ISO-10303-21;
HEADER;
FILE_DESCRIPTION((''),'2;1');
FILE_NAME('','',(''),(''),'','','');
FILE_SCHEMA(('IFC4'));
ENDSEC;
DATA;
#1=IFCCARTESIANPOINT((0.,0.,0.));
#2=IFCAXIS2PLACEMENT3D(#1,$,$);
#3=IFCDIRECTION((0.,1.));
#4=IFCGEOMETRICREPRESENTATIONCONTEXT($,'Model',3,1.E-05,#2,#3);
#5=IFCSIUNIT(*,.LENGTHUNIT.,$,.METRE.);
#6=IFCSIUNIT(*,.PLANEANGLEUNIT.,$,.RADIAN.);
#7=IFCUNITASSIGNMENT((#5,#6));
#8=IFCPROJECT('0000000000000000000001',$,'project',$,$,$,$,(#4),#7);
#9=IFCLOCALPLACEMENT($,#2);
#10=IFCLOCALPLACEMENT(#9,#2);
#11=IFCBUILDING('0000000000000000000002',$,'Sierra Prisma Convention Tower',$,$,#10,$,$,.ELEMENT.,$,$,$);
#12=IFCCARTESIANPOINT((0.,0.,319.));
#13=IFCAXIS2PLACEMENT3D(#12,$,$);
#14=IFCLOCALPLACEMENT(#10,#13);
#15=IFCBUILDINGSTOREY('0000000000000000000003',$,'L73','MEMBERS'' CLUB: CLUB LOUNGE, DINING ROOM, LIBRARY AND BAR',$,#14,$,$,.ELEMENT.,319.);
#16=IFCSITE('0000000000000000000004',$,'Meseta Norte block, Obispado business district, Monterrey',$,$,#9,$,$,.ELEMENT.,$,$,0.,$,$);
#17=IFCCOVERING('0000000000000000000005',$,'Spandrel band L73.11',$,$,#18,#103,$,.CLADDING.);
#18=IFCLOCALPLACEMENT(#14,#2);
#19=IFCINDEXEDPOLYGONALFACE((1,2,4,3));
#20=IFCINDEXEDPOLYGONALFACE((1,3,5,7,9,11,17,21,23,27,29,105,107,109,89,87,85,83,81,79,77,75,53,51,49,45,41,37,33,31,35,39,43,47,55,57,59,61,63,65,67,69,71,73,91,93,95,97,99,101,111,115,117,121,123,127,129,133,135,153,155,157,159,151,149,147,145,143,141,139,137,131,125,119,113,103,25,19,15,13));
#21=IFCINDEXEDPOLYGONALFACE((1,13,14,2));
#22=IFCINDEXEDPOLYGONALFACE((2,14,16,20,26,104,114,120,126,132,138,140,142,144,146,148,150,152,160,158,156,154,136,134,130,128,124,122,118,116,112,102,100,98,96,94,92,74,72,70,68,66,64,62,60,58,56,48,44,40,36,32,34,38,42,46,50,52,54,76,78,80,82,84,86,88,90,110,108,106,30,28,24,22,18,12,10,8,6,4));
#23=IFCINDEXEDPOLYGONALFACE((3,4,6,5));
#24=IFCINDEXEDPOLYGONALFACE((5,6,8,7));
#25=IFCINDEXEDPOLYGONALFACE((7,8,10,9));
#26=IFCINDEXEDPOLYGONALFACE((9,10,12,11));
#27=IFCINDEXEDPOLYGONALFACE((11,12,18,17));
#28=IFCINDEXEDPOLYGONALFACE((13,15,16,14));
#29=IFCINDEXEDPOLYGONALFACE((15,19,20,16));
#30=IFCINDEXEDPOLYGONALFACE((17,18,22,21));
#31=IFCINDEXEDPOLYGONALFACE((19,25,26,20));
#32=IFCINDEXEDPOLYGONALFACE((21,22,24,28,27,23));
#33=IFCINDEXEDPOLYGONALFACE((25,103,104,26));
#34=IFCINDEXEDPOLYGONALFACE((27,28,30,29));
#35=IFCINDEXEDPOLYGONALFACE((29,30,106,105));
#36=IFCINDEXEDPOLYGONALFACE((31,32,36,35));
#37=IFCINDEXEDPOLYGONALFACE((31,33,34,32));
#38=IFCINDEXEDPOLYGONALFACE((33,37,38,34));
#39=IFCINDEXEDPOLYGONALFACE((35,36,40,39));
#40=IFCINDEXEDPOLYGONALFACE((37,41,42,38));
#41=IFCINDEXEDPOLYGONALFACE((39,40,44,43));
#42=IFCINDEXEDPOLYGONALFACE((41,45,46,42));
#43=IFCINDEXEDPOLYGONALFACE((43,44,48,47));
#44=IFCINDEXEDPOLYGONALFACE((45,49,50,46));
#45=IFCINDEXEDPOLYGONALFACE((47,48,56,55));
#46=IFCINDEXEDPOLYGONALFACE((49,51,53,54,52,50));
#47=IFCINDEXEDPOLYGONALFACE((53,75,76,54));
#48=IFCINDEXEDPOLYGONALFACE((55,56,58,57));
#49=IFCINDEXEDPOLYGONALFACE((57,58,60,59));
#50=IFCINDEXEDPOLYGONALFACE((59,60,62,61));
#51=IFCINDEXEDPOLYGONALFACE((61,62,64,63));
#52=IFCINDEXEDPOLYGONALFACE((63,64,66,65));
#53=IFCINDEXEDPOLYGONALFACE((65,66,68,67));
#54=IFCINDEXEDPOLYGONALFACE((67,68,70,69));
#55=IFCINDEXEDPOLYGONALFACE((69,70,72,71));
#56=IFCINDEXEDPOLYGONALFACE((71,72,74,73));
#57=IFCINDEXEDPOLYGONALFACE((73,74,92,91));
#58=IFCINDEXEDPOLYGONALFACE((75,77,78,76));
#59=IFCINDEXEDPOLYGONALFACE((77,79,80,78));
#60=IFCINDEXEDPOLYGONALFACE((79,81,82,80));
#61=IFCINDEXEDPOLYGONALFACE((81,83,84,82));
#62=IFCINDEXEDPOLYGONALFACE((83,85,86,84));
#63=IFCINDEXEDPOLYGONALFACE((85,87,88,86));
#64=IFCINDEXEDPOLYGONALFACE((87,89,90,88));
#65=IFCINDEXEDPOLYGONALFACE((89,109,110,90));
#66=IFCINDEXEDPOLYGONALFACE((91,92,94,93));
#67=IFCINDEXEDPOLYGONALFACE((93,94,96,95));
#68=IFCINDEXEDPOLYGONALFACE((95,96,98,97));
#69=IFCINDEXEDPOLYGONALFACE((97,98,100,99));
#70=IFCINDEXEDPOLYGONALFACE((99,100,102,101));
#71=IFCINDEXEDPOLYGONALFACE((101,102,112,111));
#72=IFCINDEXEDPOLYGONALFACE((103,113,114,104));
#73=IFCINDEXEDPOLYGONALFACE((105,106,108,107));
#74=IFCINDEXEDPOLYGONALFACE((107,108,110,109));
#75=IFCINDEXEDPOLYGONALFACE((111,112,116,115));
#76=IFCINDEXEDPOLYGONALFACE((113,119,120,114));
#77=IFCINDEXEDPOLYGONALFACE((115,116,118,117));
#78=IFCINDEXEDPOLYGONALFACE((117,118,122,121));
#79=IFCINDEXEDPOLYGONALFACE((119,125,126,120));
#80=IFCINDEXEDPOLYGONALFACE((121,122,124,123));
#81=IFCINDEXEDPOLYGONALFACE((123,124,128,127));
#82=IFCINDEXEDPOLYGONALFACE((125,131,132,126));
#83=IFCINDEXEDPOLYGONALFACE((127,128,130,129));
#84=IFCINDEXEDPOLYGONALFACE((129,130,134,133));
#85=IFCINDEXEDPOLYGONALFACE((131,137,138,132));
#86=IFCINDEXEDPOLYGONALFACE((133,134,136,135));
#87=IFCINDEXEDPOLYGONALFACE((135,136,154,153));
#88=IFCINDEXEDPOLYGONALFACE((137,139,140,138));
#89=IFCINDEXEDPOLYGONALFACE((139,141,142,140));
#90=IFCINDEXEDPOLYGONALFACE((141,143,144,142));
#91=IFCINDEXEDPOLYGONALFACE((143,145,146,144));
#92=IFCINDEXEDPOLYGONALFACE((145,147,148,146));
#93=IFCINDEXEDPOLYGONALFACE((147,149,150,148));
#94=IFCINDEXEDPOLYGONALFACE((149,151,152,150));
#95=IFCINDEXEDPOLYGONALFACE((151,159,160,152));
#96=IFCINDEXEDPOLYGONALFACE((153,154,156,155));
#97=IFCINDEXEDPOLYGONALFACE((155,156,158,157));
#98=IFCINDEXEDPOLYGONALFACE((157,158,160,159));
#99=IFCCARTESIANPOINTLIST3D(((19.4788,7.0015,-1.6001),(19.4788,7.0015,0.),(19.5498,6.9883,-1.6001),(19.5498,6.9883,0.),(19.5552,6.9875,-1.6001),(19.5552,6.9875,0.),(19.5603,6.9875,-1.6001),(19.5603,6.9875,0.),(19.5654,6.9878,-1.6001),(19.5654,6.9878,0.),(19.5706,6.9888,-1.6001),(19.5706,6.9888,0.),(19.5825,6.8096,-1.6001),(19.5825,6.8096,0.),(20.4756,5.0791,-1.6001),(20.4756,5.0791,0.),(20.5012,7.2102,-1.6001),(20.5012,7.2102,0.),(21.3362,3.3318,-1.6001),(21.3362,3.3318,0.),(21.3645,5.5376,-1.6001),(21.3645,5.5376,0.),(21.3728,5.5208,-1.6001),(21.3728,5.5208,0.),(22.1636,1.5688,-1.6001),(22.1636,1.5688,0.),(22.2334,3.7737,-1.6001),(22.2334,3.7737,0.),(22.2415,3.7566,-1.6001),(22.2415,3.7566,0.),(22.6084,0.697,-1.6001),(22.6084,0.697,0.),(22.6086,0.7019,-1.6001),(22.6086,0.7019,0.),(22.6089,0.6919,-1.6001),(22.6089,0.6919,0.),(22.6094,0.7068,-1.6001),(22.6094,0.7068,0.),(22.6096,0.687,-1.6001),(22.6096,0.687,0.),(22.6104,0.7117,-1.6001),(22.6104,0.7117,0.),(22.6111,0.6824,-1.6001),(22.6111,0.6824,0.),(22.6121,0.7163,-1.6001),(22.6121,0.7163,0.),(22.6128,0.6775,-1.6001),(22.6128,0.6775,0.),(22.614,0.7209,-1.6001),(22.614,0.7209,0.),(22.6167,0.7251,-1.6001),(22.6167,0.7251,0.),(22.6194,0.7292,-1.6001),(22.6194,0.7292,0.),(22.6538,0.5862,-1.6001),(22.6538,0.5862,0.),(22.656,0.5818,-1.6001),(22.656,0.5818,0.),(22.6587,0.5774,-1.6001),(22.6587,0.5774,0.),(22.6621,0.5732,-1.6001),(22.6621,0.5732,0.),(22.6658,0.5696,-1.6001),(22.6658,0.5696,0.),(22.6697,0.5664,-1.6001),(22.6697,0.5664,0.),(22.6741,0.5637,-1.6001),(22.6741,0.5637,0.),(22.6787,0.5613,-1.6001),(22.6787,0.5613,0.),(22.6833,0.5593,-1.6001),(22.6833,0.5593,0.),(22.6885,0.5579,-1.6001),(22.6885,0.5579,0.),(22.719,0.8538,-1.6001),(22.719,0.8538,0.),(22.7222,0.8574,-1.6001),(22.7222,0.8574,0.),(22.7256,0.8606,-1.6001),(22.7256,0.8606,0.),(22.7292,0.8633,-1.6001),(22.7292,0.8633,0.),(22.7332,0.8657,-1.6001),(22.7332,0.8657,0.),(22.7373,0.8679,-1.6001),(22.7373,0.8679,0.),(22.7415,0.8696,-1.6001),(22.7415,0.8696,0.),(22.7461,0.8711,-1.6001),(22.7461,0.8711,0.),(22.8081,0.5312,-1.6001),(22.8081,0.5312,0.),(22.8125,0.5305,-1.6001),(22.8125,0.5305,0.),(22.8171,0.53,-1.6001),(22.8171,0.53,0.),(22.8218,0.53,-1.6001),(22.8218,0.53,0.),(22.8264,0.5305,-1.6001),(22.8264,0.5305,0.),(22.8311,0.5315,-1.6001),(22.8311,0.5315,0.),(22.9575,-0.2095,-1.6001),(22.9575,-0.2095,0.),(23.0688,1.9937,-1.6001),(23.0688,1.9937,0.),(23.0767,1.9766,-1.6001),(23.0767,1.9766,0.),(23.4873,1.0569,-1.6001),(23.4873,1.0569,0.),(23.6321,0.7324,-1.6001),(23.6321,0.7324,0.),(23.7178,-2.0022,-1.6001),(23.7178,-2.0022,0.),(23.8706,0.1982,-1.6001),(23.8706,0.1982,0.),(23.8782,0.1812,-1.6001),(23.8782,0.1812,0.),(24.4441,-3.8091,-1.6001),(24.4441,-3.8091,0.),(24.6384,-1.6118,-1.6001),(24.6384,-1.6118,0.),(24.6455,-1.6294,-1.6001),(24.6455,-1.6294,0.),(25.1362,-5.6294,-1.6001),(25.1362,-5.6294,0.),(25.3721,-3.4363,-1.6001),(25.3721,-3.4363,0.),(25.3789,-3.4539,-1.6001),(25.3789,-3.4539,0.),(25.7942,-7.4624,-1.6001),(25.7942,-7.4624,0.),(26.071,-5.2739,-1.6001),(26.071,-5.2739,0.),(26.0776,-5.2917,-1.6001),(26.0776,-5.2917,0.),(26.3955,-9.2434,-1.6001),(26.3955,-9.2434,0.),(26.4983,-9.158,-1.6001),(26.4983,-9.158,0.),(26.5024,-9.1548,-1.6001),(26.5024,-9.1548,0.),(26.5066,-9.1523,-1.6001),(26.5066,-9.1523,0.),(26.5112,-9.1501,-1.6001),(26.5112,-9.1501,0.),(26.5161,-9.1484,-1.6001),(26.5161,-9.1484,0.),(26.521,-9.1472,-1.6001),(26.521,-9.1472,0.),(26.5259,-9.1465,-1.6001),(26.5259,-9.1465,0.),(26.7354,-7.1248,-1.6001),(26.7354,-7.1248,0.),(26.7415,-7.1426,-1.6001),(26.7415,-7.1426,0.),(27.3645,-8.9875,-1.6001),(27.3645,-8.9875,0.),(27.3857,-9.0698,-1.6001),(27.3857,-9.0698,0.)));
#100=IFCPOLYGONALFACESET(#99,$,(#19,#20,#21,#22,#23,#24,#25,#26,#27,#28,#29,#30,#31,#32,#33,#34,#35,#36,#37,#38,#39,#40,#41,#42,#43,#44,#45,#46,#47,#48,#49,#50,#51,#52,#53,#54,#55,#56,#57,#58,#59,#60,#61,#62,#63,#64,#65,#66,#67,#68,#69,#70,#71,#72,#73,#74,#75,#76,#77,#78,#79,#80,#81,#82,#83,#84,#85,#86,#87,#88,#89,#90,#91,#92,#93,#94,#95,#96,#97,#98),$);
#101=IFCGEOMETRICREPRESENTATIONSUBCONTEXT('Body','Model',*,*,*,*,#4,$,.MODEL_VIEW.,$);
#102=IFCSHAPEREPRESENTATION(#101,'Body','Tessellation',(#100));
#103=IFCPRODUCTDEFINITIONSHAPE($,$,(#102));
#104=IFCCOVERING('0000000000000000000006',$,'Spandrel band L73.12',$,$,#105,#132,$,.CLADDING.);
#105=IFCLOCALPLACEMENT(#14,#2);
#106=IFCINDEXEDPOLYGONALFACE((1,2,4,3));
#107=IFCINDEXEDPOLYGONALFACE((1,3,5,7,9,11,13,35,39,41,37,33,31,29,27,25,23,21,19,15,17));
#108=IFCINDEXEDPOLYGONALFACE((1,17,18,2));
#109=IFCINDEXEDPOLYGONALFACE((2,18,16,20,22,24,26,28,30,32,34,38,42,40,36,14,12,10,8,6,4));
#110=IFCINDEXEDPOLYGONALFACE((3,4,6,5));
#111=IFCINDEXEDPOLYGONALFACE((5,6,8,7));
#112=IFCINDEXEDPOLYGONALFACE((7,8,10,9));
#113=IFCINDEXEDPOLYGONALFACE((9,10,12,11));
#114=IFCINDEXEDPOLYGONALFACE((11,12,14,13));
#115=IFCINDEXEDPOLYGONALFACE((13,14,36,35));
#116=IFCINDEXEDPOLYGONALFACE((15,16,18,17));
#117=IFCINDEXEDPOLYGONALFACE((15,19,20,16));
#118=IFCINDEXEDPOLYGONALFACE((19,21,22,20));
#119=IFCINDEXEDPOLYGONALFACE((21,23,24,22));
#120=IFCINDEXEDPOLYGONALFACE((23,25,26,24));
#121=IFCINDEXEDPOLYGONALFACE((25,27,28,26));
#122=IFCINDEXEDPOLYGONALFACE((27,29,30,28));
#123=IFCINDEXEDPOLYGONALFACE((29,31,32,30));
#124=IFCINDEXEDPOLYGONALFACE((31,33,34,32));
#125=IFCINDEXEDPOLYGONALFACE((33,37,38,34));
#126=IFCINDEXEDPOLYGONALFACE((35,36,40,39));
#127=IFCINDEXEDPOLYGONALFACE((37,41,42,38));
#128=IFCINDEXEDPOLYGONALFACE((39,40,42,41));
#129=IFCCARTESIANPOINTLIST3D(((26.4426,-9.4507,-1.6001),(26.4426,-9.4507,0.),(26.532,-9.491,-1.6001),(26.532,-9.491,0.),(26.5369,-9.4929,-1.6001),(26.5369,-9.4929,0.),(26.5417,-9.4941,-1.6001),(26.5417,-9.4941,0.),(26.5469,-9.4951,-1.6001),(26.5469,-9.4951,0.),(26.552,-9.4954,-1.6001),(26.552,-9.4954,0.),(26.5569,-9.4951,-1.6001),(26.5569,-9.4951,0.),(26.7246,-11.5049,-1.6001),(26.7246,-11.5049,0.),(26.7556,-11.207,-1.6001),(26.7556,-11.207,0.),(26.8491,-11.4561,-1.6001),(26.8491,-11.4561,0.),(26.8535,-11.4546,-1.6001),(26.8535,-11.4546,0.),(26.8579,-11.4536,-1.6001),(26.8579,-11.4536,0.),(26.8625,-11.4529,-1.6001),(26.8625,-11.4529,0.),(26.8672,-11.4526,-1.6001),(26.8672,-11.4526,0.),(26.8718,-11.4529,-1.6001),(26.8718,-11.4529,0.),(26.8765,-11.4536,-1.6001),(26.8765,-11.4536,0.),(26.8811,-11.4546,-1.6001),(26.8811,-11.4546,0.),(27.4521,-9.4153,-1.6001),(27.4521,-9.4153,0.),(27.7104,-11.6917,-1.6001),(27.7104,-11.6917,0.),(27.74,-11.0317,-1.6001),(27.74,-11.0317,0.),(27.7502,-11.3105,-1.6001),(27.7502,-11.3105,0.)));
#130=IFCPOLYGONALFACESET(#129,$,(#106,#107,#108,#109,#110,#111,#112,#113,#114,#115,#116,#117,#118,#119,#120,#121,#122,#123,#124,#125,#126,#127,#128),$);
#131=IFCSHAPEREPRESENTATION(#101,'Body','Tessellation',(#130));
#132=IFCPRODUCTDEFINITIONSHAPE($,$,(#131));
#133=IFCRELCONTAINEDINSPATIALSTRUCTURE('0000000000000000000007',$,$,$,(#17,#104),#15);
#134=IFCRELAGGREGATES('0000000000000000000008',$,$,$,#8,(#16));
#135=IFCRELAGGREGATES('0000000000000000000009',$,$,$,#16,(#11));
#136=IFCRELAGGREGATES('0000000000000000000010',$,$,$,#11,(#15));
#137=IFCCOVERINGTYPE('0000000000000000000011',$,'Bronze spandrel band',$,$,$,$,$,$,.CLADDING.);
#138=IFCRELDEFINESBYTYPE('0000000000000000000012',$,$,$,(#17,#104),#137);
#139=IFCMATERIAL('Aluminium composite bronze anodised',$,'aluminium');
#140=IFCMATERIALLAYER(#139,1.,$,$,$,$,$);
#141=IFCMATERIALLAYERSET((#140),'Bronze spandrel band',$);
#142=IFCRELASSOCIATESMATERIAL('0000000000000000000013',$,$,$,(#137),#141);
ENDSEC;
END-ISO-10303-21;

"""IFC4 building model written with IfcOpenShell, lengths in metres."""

from ifc_helpers import new_model, si_unit, direction, frame, origin, place, context, subcontext, project, spatial, polyline, outline, extrude, material, layer, layer_set, type_object, element, save


model = new_model("IFC4")

# Units and contexts
model_context = context("Model", 3, precision=1e-05, world=origin(), true_north=direction((0.0, 1.0)))
body_context = subcontext(model_context, "Body", "Model", "MODEL_VIEW")
ifc_project = project(units=[si_unit("LENGTHUNIT", "METRE"), si_unit("PLANEANGLEUNIT", "RADIAN")], contexts=[model_context])

# Site, building, storey
site_placement = place(None, origin())
site = spatial("IfcSite", under=ifc_project, at=site_placement, Name="Meseta Norte block, Obispado business district, Monterrey", CompositionType="ELEMENT", RefElevation=0.0)
building_placement = place(site_placement, origin())
building = spatial("IfcBuilding", under=site, at=building_placement, Name="Sierra Prisma Convention Tower", CompositionType="ELEMENT")
storey_placement = place(building_placement, frame((0.0, 0.0, 319.0)))
storey = spatial("IfcBuildingStorey", under=building, at=storey_placement, Name="L73", Description="MEMBERS' CLUB: CLUB LOUNGE, DINING ROOM, LIBRARY AND BAR", CompositionType="ELEMENT", Elevation=319.0)

# Coverings
ifc_material_1 = material(Name="Aluminium composite bronze anodised", Category="aluminium")
ifc_layer_1 = layer(ifc_material_1, 1.0)
ifc_layer_set_1 = layer_set([ifc_layer_1], Name="Bronze spandrel band")
covering_type = type_object("IfcCoveringType", Name="Bronze spandrel band", PredefinedType="CLADDING", material=ifc_layer_set_1)
covering_1_placement = place(storey_placement, frame((0.0, 0.0, -1.6001)))
element("IfcCovering", 1, at=covering_1_placement, inside=storey, type_object=covering_type, Name="Spandrel band L73.11", PredefinedType="CLADDING", context=body_context, shape_type="SweptSolid", body=[
    extrude(outline(polyline([(22.7292, 0.8633), (22.7256, 0.8606), (22.7222, 0.8574), (22.719, 0.8538), (22.6194, 0.7292), (22.6167, 0.7251), (22.614, 0.7209), (22.6121, 0.7163), (22.6104, 0.7117), (22.6094, 0.7068), (22.6086, 0.7019), (22.6084, 0.697), (22.6089, 0.6919), (22.6096, 0.687), (22.6111, 0.6824), (22.6128, 0.6775), (22.6538, 0.5862), (22.656, 0.5818), (22.6587, 0.5774), (22.6621, 0.5732), (22.6658, 0.5696), (22.6697, 0.5664), (22.6741, 0.5637), (22.6787, 0.5613), (22.6833, 0.5593), (22.6885, 0.5579), (22.8081, 0.5312), (22.8125, 0.5305), (22.8171, 0.53), (22.8218, 0.53), (22.8264, 0.5305), (22.8311, 0.5315), (23.6321, 0.7324), (23.8706, 0.1982), (23.8782, 0.1812), (24.6384, -1.6118), (24.6455, -1.6294), (25.3721, -3.4363), (25.3789, -3.4539), (26.071, -5.2739), (26.0776, -5.2917), (26.7354, -7.1248), (26.7415, -7.1426), (27.3645, -8.9875), (27.3857, -9.0698), (26.5259, -9.1465), (26.521, -9.1472), (26.5161, -9.1484), (26.5112, -9.1501), (26.5066, -9.1523), (26.5024, -9.1548), (26.4983, -9.158), (26.3955, -9.2434), (25.7942, -7.4624), (25.1362, -5.6294), (24.4441, -3.8091), (23.7178, -2.0022), (22.9575, -0.2095), (22.1636, 1.5688), (21.3362, 3.3318), (20.4756, 5.0791), (19.5825, 6.8096), (19.4788, 7.0015), (19.5498, 6.9883), (19.5552, 6.9875), (19.5603, 6.9875), (19.5654, 6.9878), (19.5706, 6.9888), (20.5012, 7.2102), (21.3645, 5.5376), (21.3728, 5.5208), (22.2334, 3.7737), (22.2415, 3.7566), (23.0688, 1.9937), (23.0767, 1.9766), (23.4873, 1.0569), (22.7461, 0.8711), (22.7415, 0.8696), (22.7373, 0.8679), (22.7332, 0.8657), (22.7292, 0.8633)])), origin(), (0.0, 0.0, 1.0), 1.6001),
])
covering_2_placement = place(storey_placement, frame((0.0, 0.0, -1.6001)))
element("IfcCovering", 2, at=covering_2_placement, inside=storey, type_object=covering_type, Name="Spandrel band L73.12", PredefinedType="CLADDING", context=body_context, shape_type="SweptSolid", body=[
    extrude(outline(polyline([(26.7556, -11.207), (26.4426, -9.4507), (26.532, -9.491), (26.5369, -9.4929), (26.5417, -9.4941), (26.5469, -9.4951), (26.552, -9.4954), (26.5569, -9.4951), (27.4521, -9.4153), (27.74, -11.0317), (27.7502, -11.3105), (27.7104, -11.6917), (26.8811, -11.4546), (26.8765, -11.4536), (26.8718, -11.4529), (26.8672, -11.4526), (26.8625, -11.4529), (26.8579, -11.4536), (26.8535, -11.4546), (26.8491, -11.4561), (26.7246, -11.5049), (26.7556, -11.207)])), origin(), (0.0, 0.0, 1.0), 1.6001),
])

save(model, "model.ifc")
